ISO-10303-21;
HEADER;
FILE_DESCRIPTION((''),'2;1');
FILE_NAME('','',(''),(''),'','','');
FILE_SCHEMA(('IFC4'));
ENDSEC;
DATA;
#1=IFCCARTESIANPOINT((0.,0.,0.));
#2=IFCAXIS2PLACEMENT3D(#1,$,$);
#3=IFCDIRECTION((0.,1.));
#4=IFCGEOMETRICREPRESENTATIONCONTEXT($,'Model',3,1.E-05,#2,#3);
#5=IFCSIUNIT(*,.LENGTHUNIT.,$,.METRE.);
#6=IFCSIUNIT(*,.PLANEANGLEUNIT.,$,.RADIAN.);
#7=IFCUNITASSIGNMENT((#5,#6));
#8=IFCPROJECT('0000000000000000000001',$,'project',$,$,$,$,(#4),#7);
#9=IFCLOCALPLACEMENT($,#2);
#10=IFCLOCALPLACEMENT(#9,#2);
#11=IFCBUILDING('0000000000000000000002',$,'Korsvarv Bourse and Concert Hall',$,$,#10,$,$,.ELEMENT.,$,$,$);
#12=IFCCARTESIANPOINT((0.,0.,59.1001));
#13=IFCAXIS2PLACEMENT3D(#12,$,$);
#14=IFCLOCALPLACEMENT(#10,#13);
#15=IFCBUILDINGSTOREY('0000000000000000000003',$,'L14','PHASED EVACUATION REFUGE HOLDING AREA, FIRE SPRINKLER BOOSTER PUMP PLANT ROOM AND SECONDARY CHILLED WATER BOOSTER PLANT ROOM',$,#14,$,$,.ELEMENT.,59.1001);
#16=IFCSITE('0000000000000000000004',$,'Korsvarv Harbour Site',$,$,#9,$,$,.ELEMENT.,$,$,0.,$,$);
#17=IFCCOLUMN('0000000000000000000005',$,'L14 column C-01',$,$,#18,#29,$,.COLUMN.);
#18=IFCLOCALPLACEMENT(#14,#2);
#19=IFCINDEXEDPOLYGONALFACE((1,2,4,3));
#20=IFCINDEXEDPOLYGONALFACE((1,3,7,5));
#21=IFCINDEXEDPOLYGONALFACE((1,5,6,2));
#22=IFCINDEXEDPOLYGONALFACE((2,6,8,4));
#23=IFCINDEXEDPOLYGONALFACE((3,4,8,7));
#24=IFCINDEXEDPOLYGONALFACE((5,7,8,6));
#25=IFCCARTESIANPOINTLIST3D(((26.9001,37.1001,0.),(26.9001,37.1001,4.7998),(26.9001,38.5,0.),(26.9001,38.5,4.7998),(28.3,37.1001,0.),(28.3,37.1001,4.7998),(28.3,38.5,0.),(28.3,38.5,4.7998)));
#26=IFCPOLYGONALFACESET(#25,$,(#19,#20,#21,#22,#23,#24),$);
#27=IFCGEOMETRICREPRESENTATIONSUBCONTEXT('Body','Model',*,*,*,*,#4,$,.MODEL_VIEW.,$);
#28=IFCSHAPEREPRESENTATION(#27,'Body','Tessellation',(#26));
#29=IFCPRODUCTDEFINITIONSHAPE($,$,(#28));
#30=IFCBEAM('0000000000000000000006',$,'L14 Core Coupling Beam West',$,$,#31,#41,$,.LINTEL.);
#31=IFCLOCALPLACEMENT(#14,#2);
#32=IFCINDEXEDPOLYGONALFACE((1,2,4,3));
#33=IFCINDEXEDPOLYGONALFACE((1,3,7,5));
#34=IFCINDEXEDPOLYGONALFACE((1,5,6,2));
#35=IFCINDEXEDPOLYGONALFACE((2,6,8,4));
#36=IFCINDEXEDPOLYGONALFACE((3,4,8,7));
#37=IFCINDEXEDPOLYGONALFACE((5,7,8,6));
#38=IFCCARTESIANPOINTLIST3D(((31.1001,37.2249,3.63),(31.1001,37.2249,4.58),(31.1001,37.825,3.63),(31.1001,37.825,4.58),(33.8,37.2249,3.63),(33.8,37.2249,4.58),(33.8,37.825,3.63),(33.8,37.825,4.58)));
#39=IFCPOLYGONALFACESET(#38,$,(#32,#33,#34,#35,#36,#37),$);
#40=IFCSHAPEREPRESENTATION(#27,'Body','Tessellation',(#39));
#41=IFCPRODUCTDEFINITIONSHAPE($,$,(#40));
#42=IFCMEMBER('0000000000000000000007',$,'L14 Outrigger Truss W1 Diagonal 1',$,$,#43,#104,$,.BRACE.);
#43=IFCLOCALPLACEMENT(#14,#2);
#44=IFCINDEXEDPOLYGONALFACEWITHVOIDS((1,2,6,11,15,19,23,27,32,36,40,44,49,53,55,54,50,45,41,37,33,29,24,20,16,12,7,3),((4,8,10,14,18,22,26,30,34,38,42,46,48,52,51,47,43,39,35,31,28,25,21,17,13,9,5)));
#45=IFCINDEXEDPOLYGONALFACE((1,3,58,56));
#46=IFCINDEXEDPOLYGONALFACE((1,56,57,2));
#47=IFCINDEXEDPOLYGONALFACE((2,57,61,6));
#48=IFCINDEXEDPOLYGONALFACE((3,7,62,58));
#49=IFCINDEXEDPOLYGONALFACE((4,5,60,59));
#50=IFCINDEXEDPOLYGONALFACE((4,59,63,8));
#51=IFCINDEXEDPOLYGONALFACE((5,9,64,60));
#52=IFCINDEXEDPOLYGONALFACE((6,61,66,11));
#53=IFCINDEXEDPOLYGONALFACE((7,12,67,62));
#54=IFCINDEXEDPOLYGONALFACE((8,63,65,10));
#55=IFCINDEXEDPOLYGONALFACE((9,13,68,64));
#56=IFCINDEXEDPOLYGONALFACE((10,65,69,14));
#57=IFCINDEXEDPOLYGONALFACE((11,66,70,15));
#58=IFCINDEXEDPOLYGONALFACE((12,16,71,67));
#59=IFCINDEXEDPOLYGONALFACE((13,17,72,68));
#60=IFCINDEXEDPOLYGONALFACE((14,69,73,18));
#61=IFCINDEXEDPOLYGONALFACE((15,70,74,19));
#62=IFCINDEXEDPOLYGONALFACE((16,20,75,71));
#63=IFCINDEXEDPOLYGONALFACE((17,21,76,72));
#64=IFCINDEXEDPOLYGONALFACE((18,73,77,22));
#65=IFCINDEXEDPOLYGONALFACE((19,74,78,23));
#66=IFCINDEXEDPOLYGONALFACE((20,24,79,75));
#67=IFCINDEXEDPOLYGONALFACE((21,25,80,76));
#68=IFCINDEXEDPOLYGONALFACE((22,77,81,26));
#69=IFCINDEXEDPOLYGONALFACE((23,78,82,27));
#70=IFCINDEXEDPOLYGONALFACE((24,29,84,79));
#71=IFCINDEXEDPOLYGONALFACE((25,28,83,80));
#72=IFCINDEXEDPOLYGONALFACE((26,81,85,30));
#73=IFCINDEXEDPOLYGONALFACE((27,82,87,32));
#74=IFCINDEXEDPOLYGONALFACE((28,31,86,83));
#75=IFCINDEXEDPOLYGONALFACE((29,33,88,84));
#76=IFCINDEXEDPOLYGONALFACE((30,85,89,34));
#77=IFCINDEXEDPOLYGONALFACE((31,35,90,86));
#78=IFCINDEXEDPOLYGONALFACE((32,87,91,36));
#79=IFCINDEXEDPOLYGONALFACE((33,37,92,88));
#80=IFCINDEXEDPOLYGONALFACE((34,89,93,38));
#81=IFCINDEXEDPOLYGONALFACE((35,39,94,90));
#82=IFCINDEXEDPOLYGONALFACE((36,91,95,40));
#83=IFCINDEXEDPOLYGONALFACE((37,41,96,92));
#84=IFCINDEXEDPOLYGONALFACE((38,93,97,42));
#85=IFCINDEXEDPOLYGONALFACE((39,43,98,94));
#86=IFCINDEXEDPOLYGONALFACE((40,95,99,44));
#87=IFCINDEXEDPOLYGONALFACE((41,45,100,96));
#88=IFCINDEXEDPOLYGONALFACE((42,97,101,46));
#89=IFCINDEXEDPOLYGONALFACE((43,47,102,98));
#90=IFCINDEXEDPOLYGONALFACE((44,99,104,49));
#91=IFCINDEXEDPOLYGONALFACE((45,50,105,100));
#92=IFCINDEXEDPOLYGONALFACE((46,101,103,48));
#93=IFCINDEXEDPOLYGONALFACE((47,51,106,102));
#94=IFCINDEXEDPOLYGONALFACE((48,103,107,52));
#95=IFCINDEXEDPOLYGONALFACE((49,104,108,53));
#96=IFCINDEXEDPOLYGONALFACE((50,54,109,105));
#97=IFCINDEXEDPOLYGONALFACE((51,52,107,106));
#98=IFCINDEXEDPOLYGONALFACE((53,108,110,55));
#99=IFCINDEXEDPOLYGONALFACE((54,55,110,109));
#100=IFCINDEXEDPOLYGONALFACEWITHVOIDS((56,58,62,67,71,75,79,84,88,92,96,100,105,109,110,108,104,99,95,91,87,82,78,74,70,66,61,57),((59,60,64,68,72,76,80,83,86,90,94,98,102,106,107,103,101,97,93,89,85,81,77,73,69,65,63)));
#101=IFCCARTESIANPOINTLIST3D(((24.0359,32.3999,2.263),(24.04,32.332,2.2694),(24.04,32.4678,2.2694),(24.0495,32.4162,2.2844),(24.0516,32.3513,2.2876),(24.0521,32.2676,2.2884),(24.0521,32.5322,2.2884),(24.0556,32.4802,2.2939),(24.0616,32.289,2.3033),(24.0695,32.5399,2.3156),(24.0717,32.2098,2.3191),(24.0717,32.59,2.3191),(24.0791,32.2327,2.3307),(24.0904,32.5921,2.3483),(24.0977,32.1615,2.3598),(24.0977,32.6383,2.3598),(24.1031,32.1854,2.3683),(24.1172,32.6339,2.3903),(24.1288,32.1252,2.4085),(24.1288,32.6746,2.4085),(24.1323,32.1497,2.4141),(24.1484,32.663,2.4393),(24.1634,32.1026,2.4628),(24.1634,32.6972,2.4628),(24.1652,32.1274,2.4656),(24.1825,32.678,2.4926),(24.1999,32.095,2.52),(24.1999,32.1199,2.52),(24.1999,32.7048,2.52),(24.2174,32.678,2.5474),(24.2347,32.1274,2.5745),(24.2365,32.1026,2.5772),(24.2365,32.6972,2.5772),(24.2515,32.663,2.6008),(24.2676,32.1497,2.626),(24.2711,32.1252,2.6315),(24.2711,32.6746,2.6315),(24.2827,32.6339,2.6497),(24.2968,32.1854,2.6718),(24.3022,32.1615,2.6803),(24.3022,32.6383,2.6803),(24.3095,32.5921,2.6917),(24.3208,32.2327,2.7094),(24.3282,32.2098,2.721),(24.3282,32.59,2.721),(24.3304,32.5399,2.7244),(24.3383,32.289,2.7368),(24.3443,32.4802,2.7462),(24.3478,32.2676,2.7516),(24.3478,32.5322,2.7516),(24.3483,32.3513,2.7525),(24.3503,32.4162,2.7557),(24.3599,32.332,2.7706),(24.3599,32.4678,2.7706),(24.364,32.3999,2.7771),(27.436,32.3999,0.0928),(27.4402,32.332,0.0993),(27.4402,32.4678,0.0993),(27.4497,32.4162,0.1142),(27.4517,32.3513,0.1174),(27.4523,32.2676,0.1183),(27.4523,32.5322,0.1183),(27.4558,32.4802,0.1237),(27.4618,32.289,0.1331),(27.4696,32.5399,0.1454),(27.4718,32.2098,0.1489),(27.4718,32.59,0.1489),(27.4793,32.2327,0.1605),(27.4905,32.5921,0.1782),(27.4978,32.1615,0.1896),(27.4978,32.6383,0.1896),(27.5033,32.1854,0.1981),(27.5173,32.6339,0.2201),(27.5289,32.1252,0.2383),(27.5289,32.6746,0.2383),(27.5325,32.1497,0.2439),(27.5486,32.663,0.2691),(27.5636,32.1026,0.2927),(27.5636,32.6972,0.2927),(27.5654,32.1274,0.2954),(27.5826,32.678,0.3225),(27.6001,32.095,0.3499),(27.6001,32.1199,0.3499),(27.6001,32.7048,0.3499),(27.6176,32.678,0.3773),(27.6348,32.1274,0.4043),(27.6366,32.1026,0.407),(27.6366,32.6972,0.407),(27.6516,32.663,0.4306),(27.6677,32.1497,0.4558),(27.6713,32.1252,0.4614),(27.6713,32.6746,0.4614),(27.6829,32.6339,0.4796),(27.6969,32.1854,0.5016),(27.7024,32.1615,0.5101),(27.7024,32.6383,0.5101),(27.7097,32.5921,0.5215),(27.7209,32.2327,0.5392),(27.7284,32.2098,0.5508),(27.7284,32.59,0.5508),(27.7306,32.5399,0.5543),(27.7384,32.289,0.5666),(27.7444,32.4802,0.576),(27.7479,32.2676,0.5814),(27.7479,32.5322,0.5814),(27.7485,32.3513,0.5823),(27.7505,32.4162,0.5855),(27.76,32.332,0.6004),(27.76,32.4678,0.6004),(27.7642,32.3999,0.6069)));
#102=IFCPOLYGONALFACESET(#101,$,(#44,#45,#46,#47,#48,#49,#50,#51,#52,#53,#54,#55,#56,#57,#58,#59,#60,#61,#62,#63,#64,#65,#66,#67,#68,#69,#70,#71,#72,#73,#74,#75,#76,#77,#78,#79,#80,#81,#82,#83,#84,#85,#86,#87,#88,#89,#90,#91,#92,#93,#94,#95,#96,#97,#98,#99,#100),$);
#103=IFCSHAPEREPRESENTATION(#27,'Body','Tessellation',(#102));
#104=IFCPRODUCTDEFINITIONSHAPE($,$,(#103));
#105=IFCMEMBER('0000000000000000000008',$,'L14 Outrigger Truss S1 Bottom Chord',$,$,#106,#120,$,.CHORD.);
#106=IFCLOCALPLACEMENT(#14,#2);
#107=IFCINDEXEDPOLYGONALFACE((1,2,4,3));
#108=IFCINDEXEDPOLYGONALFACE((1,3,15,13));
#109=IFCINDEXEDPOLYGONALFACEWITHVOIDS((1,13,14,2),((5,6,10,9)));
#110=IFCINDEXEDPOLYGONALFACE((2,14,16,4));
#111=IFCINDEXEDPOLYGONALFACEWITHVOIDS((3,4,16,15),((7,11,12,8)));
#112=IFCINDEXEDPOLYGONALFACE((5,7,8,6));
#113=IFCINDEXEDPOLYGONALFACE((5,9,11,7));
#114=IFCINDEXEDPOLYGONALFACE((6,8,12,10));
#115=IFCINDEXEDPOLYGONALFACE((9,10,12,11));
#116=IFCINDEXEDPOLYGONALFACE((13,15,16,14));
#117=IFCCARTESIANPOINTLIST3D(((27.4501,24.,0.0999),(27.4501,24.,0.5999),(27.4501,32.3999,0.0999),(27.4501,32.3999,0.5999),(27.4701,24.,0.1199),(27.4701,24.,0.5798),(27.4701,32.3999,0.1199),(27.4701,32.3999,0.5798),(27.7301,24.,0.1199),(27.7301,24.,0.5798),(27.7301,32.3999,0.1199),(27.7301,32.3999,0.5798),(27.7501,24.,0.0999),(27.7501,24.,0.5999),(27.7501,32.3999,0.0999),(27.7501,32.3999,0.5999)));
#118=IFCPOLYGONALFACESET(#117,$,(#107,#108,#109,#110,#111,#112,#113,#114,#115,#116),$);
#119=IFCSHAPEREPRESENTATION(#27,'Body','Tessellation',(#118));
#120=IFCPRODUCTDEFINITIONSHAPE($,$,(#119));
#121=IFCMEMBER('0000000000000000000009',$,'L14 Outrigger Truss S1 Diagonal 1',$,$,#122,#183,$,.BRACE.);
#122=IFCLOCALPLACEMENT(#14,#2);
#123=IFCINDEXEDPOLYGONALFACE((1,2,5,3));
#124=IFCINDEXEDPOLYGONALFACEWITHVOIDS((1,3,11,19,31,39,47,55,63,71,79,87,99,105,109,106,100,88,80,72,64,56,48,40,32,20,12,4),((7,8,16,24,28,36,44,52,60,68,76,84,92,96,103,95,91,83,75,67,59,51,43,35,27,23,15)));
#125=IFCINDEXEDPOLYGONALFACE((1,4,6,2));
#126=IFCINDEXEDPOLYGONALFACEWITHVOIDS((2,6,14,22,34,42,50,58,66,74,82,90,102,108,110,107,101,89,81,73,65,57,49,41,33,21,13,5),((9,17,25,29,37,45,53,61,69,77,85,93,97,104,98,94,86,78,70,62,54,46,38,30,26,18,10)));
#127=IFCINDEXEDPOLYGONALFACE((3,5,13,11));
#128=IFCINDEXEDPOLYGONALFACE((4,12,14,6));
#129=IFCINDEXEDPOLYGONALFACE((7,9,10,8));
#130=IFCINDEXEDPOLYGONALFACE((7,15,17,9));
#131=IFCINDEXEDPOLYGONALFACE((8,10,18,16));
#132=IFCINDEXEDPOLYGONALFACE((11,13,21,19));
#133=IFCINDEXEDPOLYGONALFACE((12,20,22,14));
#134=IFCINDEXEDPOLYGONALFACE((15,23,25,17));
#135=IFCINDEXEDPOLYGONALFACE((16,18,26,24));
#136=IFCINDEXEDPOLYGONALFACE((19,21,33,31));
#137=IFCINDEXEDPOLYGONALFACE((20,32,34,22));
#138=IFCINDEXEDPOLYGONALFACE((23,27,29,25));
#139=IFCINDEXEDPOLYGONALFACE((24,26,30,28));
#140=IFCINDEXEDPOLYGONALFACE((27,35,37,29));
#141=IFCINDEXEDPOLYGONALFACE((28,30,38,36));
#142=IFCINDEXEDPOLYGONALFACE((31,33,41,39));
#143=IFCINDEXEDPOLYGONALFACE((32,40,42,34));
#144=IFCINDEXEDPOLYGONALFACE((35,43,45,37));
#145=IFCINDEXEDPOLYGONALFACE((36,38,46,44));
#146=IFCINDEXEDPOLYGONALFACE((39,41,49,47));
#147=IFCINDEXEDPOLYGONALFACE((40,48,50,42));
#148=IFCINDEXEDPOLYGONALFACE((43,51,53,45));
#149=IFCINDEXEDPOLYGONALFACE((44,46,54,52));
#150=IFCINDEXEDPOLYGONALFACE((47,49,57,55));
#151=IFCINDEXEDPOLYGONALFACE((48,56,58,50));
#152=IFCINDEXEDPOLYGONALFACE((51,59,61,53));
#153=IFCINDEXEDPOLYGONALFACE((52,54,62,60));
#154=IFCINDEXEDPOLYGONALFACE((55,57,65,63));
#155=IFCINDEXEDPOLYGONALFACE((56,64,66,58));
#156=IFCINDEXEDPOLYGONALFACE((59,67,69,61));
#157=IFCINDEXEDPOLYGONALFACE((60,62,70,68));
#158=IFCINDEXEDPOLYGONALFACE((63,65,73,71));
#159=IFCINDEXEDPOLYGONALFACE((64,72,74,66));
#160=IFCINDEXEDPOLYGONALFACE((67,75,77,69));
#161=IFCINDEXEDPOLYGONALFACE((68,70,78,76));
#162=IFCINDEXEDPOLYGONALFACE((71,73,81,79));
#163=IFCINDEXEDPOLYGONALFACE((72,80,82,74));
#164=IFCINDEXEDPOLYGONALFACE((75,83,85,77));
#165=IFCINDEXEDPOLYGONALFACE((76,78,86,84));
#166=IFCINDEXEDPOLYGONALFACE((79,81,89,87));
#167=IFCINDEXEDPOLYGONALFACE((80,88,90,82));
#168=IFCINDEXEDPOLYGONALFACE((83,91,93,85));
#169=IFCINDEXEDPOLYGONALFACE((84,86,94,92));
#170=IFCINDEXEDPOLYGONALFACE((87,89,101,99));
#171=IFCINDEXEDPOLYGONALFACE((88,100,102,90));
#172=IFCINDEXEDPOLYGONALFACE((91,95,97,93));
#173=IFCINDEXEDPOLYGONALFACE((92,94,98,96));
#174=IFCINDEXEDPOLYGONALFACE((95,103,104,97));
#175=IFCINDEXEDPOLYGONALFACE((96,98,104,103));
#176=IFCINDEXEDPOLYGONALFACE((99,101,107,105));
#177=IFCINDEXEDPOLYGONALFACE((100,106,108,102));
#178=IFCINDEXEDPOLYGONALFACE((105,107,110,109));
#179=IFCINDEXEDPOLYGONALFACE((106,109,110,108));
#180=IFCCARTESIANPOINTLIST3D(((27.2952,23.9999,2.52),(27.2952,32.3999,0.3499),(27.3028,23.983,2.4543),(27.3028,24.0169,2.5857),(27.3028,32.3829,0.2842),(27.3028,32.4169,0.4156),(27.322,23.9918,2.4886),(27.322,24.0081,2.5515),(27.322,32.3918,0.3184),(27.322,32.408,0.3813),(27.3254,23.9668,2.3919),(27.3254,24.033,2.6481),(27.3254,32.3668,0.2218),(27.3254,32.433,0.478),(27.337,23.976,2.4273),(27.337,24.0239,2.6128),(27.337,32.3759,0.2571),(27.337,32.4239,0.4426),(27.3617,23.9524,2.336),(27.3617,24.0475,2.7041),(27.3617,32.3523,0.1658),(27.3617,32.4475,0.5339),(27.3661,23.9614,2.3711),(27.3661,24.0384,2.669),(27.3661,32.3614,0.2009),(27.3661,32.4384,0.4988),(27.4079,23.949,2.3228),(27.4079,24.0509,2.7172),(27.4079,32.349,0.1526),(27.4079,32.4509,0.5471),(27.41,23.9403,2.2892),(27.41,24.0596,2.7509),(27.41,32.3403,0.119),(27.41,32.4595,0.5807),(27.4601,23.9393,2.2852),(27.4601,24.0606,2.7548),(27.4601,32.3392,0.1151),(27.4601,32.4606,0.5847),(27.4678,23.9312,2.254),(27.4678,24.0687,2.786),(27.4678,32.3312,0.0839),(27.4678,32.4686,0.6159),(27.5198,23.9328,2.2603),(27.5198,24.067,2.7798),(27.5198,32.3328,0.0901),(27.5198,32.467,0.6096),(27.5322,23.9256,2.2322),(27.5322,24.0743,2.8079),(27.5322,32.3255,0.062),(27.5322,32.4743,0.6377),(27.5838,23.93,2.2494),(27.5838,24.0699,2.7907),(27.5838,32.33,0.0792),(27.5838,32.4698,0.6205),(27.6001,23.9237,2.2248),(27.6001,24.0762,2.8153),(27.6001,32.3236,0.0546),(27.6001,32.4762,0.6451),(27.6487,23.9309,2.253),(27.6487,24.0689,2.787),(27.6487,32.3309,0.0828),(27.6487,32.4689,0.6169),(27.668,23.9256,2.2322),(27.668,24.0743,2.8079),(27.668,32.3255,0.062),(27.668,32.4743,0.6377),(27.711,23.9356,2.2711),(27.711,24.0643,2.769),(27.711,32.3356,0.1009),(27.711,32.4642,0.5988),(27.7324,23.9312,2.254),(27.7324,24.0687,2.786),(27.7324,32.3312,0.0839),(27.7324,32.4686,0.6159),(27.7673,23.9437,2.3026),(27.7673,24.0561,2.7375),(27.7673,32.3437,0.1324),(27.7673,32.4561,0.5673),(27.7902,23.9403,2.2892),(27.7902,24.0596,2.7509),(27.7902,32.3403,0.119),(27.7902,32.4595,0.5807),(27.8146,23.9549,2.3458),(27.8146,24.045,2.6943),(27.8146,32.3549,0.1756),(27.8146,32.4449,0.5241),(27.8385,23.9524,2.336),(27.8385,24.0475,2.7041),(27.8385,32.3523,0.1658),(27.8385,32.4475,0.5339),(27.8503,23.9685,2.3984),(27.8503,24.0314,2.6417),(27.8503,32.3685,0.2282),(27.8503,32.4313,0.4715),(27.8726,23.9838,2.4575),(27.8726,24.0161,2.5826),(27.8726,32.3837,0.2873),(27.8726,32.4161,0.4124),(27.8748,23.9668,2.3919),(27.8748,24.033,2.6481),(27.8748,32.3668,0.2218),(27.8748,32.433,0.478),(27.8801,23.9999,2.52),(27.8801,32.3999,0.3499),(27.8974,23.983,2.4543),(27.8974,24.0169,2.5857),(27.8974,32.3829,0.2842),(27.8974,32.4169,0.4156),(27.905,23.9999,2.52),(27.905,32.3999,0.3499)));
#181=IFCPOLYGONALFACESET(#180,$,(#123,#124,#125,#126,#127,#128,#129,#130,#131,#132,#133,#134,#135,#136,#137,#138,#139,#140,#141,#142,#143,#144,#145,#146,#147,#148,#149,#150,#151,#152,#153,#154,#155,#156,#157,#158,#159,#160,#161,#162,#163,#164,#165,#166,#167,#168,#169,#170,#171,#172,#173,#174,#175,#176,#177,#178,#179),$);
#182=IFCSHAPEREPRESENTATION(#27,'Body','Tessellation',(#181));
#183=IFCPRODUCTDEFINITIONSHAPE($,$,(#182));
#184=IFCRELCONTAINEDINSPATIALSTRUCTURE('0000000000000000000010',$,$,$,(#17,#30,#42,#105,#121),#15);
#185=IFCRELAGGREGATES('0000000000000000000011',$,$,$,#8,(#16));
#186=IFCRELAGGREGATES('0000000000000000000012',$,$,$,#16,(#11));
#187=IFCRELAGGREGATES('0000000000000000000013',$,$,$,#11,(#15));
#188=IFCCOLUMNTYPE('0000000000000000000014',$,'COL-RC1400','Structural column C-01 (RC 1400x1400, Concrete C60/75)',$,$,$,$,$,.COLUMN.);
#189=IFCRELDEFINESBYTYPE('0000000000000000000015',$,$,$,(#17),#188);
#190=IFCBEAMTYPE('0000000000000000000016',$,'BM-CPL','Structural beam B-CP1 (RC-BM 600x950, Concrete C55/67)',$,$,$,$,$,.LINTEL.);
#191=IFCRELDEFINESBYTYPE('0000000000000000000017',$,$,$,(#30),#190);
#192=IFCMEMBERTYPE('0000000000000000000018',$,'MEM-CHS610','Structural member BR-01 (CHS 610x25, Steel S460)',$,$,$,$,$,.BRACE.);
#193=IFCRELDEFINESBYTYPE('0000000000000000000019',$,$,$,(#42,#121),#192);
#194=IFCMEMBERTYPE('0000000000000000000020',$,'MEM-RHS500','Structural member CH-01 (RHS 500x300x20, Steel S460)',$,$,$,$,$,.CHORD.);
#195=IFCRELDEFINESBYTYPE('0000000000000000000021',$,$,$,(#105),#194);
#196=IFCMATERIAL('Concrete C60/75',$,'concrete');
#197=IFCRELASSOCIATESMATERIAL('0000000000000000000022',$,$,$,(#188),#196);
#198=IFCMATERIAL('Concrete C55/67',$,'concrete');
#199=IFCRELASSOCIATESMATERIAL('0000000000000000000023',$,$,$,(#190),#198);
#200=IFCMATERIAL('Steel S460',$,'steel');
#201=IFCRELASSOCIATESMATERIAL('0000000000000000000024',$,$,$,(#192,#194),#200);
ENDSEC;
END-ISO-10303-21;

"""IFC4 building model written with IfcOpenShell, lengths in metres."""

from ifc_helpers import new_model, si_unit, direction, frame, origin, origin_2d, place, context, subcontext, project, spatial, rectangle, hollow_rectangle, hollow_circle, extrude, source, transform, mapped, material, material_profile, profile_set, type_object, element, save


model = new_model("IFC4")

# Units and contexts
model_context = context("Model", 3, precision=1e-05, world=origin(), true_north=direction((0.0, 1.0)))
body_context = subcontext(model_context, "Body", "Model", "MODEL_VIEW")
ifc_project = project(units=[si_unit("LENGTHUNIT", "METRE"), si_unit("PLANEANGLEUNIT", "RADIAN")], contexts=[model_context])

# Site, building, storey
site_placement = place(None, origin())
site = spatial("IfcSite", under=ifc_project, at=site_placement, Name="Korsvarv Harbour Site", CompositionType="ELEMENT", RefElevation=0.0)
building_placement = place(site_placement, origin())
building = spatial("IfcBuilding", under=site, at=building_placement, Name="Korsvarv Bourse and Concert Hall", CompositionType="ELEMENT")
storey_placement = place(building_placement, frame((0.0, 0.0, 59.1001)))
storey = spatial("IfcBuildingStorey", under=building, at=storey_placement, Name="L14", Description="PHASED EVACUATION REFUGE HOLDING AREA, FIRE SPRINKLER BOOSTER PUMP PLANT ROOM AND SECONDARY CHILLED WATER BOOSTER PLANT ROOM", CompositionType="ELEMENT", Elevation=59.1001)

# Column
ifc_material_1 = material(Name="Concrete C60/75", Category="concrete")
ifc_material_profile_1 = material_profile(ifc_material_1, rectangle(XDim=1.3999, YDim=1.3999, at=origin_2d()), Name="RC 1400x1400")
ifc_profile_set_1 = profile_set([ifc_material_profile_1], Name="Concrete C60/75")
column_type = type_object("IfcColumnType", Name="COL-RC1400", Description="Structural column C-01 (RC 1400x1400, Concrete C60/75)", PredefinedType="COLUMN", material=ifc_profile_set_1)
shared_shape_1 = source(origin(), body_context, "Body", "SweptSolid", [
    extrude(rectangle(XDim=1.3999, YDim=1.3999, at=origin_2d()), origin(), (0.0, 0.0, 1.0), 4.7998),
])
column_placement = place(storey_placement, frame((27.6001, 37.8, 0.0), z_axis=(0.0, 0.0, 1.0), x_axis=(1.0, 0.0, 0.0)))
element("IfcColumn", 1, at=column_placement, inside=storey, type_object=column_type, Name="L14 column C-01", PredefinedType="COLUMN", context=body_context, shape_type="MappedRepresentation", body=[
    mapped(shared_shape_1, transform((0.0, 0.0, 0.0), scale=1.0)),
])

# Beam
ifc_material_2 = material(Name="Concrete C55/67", Category="concrete")
ifc_material_profile_2 = material_profile(ifc_material_2, rectangle(XDim=0.6001, YDim=0.95, at=origin_2d()), Name="RC-BM 600x950")
ifc_profile_set_2 = profile_set([ifc_material_profile_2], Name="Concrete C55/67")
beam_type = type_object("IfcBeamType", Name="BM-CPL", Description="Structural beam B-CP1 (RC-BM 600x950, Concrete C55/67)", PredefinedType="LINTEL", material=ifc_profile_set_2)
shared_shape_2 = source(origin(), body_context, "Body", "SweptSolid", [
    extrude(rectangle(XDim=0.6001, YDim=0.95, at=origin_2d()), origin(), (0.0, 0.0, 1.0), 2.7),
])
beam_placement = place(storey_placement, frame((31.1001, 37.5249, 4.105), z_axis=(1.0, 0.0, 0.0), x_axis=(0.0, 1.0, 0.0)))
element("IfcBeam", 2, at=beam_placement, inside=storey, type_object=beam_type, Name="L14 Core Coupling Beam West", PredefinedType="LINTEL", context=body_context, shape_type="MappedRepresentation", body=[
    mapped(shared_shape_2, transform((0.0, 0.0, 0.0), scale=1.0)),
])

# Members
ifc_material_3 = material(Name="Steel S460", Category="steel")
ifc_material_profile_3 = material_profile(ifc_material_3, hollow_circle(Radius=0.3049, WallThickness=0.0249, at=origin_2d()), Name="CHS 610x25")
ifc_profile_set_3 = profile_set([ifc_material_profile_3], Name="Steel S460")
member_type_1 = type_object("IfcMemberType", Name="MEM-CHS610", Description="Structural member BR-01 (CHS 610x25, Steel S460)", PredefinedType="BRACE", material=ifc_profile_set_3)
shared_shape_3 = source(origin(), body_context, "Body", "SweptSolid", [
    extrude(hollow_circle(Radius=0.3049, WallThickness=0.0249, at=origin_2d()), origin(), (0.0, 0.0, 1.0), 4.0337),
])
member_1_placement = place(storey_placement, frame((27.6001, 32.3999, 0.3499), z_axis=(-0.842938, 0.0, 0.538011), x_axis=(0.0, -1.0, 0.0)))
element("IfcMember", 3, at=member_1_placement, inside=storey, type_object=member_type_1, Name="L14 Outrigger Truss W1 Diagonal 1", PredefinedType="BRACE", context=body_context, shape_type="MappedRepresentation", body=[
    mapped(shared_shape_3, transform((0.0, 0.0, 0.0), scale=1.0)),
])
ifc_material_profile_4 = material_profile(ifc_material_3, hollow_rectangle(XDim=0.3, YDim=0.5, WallThickness=0.02, at=origin_2d()), Name="RHS 500x300x20")
ifc_profile_set_4 = profile_set([ifc_material_profile_4], Name="Steel S460")
member_type_2 = type_object("IfcMemberType", Name="MEM-RHS500", Description="Structural member CH-01 (RHS 500x300x20, Steel S460)", PredefinedType="CHORD", material=ifc_profile_set_4)
shared_shape_4 = source(origin(), body_context, "Body", "SweptSolid", [
    extrude(hollow_rectangle(XDim=0.3, YDim=0.5, WallThickness=0.02, at=origin_2d()), origin(), (0.0, 0.0, 1.0), 8.3999),
])
member_2_placement = place(storey_placement, frame((27.6001, 32.3999, 0.3499), z_axis=(0.0, -1.0, 0.0), x_axis=(1.0, 0.0, 0.0)))
element("IfcMember", 4, at=member_2_placement, inside=storey, type_object=member_type_2, Name="L14 Outrigger Truss S1 Bottom Chord", PredefinedType="CHORD", context=body_context, shape_type="MappedRepresentation", body=[
    mapped(shared_shape_4, transform((0.0, 0.0, 0.0), scale=1.0)),
])
shared_shape_5 = source(origin(), body_context, "Body", "SweptSolid", [
    extrude(hollow_circle(Radius=0.3049, WallThickness=0.0249, at=origin_2d()), origin(), (0.0, 0.0, 1.0), 8.6758),
])
member_3_placement = place(storey_placement, frame((27.6001, 32.3999, 0.3499), z_axis=(0.0, -0.968209, 0.250143), x_axis=(1.0, 0.0, 0.0)))
element("IfcMember", 5, at=member_3_placement, inside=storey, type_object=member_type_1, Name="L14 Outrigger Truss S1 Diagonal 1", PredefinedType="BRACE", context=body_context, shape_type="MappedRepresentation", body=[
    mapped(shared_shape_5, transform((0.0, 0.0, 0.0), scale=1.0)),
])

save(model, "model.ifc")
